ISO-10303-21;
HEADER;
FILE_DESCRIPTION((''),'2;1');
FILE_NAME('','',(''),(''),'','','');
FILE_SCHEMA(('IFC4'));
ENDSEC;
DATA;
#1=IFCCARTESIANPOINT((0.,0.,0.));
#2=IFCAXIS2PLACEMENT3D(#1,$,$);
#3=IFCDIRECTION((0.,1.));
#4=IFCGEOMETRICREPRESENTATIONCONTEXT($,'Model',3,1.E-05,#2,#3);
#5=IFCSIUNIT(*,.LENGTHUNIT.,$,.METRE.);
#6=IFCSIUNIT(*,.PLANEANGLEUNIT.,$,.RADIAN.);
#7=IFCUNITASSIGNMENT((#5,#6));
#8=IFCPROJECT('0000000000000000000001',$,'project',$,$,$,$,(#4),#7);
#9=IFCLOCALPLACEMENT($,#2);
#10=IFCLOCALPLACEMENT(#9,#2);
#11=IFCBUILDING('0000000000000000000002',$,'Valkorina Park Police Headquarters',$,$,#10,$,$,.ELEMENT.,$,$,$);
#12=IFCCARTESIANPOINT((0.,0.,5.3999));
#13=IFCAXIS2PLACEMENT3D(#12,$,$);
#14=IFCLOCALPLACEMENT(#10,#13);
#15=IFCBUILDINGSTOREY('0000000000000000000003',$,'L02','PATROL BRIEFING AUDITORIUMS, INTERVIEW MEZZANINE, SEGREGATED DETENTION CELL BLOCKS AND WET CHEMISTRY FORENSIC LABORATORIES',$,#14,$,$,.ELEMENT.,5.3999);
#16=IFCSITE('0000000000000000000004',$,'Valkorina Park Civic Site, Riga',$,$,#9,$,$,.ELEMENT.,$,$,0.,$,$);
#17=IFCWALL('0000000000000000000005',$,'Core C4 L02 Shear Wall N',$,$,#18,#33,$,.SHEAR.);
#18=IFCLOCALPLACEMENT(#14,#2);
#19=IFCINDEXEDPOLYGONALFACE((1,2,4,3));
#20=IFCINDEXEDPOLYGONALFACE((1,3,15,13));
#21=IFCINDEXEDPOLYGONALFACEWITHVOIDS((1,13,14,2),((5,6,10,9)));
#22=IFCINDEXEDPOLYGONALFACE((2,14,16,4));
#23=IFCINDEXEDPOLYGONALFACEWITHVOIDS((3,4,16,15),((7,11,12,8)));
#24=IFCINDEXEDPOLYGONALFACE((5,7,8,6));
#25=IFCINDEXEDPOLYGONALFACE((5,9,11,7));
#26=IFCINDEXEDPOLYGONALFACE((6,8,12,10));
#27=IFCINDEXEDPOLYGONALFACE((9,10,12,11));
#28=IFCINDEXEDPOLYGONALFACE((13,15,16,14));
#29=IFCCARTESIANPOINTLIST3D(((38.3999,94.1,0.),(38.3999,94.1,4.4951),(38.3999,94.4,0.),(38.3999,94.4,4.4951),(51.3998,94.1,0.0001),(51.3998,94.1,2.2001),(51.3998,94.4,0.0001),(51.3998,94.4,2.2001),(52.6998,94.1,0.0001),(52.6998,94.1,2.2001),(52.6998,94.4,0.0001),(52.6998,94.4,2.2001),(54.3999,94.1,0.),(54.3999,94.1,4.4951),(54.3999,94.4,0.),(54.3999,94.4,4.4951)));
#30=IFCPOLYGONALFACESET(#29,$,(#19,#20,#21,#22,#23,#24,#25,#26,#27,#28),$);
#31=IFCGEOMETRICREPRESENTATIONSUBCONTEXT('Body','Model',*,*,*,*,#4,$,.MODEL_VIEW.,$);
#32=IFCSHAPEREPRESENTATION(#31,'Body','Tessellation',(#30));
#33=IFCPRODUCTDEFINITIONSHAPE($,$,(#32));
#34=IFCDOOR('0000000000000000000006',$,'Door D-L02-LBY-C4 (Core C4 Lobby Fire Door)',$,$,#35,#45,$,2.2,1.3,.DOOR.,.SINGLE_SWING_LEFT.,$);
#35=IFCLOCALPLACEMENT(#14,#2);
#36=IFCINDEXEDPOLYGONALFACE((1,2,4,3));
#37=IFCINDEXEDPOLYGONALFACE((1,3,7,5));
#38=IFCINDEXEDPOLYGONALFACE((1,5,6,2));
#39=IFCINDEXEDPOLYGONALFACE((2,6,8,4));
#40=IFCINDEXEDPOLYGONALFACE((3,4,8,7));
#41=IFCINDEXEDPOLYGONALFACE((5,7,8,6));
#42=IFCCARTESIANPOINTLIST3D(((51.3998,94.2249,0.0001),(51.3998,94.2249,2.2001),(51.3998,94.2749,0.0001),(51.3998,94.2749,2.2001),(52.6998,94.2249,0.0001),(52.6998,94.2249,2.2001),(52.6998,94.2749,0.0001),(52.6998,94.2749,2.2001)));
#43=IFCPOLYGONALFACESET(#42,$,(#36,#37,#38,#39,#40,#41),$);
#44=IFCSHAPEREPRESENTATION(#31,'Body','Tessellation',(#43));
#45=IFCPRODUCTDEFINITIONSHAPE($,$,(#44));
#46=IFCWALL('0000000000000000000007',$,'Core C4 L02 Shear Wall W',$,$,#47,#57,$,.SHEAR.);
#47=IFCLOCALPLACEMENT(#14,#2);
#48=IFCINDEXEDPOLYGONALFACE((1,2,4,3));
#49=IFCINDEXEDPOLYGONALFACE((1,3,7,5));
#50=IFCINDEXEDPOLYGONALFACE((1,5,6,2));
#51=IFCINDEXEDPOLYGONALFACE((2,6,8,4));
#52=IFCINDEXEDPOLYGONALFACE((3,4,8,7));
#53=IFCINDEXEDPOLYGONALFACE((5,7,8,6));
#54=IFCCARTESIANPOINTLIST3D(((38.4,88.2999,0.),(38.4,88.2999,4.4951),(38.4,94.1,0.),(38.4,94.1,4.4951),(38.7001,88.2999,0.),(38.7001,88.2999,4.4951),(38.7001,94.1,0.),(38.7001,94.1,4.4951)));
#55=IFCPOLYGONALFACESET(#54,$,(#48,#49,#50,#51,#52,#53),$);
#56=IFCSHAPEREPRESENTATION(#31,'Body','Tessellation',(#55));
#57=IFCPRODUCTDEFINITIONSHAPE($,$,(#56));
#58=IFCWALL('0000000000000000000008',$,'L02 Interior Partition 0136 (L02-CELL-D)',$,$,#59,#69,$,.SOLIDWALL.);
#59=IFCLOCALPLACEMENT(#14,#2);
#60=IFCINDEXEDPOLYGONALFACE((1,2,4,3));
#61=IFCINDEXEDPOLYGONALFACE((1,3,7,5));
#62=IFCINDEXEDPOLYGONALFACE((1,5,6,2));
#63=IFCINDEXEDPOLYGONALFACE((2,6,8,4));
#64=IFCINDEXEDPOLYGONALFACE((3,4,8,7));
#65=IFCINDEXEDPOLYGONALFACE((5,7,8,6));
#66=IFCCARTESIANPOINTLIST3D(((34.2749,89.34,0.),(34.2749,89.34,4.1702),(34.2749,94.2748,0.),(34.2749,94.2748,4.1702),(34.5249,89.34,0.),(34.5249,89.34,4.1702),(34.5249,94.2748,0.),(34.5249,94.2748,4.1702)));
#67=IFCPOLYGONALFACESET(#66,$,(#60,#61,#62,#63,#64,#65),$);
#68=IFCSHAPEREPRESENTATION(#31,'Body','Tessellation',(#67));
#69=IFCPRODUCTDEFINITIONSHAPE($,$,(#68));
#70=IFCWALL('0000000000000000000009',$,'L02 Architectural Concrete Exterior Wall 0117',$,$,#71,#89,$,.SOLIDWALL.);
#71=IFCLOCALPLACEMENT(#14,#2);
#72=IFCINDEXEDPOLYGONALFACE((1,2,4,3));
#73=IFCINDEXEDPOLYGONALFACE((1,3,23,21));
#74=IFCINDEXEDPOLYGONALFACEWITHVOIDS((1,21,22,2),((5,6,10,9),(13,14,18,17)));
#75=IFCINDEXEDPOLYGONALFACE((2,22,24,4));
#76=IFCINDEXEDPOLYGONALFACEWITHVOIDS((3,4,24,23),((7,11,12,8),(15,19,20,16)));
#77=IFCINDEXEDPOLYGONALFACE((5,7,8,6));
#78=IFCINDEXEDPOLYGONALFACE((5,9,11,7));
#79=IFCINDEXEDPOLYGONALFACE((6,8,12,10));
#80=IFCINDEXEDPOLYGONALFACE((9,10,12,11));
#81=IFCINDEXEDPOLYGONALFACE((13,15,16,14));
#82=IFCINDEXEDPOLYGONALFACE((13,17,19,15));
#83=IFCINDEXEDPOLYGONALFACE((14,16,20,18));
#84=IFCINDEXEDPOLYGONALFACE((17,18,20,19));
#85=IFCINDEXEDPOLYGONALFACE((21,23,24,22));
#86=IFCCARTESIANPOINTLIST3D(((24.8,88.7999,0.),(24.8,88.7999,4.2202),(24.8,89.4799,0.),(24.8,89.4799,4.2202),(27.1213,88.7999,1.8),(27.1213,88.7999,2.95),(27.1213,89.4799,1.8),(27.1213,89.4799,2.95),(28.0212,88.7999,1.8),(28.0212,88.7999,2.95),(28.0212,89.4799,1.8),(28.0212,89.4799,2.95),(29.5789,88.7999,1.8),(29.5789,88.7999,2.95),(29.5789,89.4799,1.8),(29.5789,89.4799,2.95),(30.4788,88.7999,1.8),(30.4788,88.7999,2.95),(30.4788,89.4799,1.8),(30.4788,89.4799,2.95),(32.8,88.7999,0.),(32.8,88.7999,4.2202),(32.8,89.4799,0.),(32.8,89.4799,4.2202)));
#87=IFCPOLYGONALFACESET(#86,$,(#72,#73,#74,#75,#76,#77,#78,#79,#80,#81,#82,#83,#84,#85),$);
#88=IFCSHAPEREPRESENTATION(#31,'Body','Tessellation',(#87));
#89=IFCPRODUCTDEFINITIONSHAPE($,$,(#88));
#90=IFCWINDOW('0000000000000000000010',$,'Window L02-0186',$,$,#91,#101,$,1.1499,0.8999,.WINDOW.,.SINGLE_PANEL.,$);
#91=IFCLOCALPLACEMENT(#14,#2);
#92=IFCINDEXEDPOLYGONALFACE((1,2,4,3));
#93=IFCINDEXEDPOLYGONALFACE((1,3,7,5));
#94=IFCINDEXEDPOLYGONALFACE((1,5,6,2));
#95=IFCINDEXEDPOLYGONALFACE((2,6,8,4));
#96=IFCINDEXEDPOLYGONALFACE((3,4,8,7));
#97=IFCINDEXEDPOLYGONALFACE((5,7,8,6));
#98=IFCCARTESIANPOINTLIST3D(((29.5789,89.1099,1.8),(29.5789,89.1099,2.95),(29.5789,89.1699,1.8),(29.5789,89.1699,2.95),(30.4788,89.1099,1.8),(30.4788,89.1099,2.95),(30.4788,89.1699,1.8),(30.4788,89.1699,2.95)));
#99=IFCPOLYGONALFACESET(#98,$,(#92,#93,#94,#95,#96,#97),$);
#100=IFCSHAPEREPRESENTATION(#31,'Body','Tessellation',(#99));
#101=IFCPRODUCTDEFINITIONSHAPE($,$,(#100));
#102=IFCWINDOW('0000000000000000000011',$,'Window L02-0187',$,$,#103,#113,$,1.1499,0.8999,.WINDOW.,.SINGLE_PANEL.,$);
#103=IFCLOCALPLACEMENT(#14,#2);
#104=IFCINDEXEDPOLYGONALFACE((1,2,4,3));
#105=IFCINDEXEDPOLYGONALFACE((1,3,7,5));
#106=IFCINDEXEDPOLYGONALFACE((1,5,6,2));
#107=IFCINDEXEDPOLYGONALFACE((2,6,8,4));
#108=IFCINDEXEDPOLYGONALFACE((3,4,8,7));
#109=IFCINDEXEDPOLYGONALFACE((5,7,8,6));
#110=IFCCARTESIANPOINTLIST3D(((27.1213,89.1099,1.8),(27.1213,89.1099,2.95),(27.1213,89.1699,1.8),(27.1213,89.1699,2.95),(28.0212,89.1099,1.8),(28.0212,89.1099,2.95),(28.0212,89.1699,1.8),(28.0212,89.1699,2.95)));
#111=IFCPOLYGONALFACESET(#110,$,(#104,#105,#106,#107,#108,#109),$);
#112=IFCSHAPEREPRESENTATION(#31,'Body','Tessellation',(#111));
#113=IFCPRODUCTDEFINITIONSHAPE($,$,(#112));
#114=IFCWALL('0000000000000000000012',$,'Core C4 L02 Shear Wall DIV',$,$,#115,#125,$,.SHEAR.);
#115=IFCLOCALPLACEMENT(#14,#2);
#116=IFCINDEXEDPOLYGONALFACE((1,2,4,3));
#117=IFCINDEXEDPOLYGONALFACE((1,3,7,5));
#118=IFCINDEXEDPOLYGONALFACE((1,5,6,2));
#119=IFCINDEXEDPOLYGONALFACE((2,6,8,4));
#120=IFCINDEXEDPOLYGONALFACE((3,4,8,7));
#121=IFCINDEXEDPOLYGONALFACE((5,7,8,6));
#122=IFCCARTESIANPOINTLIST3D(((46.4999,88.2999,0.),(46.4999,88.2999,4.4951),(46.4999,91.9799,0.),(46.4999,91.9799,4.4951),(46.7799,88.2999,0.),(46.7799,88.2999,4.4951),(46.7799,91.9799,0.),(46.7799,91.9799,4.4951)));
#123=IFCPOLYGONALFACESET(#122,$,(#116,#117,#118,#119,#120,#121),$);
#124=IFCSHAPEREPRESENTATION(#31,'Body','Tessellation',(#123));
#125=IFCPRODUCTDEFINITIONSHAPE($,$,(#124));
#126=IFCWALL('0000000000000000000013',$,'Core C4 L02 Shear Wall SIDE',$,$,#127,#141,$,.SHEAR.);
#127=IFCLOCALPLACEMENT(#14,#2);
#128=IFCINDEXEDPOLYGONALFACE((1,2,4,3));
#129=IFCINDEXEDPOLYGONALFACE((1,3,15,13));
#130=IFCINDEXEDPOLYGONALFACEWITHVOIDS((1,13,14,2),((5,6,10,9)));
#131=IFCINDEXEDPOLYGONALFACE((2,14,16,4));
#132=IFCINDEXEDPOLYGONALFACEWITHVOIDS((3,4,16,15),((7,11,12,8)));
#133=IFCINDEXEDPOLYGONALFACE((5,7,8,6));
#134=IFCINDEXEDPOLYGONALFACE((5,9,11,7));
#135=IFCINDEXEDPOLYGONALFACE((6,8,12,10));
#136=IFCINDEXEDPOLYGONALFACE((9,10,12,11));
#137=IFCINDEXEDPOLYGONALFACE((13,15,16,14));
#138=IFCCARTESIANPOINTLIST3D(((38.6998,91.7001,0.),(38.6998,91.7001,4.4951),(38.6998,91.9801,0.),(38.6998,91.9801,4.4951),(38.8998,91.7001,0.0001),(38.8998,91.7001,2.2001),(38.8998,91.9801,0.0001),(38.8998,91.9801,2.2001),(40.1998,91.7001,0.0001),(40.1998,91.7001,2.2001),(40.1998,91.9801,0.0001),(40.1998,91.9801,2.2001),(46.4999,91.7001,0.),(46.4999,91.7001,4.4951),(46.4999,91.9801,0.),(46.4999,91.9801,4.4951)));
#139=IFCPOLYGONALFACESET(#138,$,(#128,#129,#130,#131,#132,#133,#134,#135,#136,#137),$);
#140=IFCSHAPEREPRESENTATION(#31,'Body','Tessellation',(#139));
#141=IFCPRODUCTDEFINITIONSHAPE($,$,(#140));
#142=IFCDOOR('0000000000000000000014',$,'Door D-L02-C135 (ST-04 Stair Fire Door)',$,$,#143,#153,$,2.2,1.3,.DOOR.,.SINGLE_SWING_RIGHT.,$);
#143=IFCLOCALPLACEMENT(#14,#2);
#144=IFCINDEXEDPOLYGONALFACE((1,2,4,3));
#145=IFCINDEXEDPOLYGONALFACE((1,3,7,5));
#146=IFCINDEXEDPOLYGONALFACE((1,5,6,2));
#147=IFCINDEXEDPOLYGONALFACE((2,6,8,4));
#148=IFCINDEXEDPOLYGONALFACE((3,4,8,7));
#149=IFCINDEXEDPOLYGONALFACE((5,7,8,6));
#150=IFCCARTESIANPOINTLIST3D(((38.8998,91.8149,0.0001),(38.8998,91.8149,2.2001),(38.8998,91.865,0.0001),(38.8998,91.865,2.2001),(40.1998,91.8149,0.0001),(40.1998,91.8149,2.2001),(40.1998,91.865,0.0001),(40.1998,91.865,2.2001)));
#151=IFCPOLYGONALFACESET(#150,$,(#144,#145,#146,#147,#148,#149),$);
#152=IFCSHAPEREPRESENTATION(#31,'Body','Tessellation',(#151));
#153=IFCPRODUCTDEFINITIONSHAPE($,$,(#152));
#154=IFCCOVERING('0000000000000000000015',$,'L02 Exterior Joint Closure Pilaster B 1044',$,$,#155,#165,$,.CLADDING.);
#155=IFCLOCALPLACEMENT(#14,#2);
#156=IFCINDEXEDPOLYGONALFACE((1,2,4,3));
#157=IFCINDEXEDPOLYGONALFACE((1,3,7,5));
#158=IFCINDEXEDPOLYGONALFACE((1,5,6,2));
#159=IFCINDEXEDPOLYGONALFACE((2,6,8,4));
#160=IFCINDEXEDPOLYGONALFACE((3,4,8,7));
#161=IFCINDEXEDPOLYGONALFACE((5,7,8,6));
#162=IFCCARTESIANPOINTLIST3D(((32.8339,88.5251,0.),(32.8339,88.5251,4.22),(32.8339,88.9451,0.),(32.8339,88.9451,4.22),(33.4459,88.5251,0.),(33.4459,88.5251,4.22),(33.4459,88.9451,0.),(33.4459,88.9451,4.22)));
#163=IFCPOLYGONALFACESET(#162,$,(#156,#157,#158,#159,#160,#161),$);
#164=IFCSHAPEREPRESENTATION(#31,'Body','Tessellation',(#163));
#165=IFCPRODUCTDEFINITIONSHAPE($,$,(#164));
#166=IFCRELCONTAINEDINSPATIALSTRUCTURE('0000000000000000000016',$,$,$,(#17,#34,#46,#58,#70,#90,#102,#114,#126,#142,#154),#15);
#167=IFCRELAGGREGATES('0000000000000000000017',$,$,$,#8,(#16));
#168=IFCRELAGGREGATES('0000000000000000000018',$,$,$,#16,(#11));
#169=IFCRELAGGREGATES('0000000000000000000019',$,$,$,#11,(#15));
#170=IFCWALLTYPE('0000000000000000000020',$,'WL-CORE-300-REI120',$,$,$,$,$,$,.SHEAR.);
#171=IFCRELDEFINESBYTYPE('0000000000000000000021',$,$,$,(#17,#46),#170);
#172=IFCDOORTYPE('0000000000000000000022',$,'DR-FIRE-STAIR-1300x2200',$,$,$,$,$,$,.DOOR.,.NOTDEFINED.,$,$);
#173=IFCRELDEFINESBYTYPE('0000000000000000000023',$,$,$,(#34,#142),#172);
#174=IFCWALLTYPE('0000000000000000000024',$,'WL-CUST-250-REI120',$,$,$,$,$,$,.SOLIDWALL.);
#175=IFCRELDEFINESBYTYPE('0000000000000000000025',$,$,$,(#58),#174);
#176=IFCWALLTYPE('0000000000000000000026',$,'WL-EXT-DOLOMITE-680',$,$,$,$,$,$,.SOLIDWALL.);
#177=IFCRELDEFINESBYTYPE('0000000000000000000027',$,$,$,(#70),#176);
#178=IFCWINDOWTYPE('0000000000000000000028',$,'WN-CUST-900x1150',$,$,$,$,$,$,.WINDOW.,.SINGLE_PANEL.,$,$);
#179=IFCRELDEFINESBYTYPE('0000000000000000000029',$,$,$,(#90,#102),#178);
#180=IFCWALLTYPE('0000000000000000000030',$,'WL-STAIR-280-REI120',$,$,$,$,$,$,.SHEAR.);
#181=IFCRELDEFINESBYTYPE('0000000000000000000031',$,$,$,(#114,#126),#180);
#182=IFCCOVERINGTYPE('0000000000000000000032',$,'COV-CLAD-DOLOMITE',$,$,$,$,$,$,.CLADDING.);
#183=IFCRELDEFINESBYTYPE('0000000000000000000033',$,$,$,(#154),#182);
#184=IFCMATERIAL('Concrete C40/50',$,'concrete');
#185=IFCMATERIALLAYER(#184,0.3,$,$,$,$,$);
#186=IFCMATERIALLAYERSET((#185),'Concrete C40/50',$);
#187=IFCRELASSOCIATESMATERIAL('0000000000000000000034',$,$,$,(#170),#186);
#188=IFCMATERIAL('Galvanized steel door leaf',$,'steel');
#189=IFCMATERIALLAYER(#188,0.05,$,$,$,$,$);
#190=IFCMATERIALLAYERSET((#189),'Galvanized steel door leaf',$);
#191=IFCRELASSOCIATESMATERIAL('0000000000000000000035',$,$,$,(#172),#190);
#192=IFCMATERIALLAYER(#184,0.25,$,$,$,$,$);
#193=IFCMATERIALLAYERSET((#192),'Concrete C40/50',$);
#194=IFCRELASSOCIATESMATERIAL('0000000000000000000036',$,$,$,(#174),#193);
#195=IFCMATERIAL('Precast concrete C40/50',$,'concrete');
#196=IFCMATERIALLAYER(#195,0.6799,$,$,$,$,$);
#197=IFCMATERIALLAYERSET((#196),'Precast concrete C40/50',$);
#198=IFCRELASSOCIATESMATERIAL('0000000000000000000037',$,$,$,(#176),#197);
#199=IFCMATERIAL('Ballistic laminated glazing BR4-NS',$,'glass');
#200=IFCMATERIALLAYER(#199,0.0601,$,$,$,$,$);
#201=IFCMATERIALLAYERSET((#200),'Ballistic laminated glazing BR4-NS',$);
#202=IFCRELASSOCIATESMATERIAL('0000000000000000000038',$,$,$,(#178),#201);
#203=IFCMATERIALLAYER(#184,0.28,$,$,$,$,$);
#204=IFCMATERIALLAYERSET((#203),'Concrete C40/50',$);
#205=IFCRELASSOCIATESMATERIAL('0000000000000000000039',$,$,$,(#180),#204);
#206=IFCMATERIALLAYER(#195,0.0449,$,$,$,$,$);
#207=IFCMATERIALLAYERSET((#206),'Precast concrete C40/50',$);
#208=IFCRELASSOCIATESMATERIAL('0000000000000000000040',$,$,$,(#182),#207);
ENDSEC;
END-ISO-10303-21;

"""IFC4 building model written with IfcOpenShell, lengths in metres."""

from ifc_helpers import new_model, si_unit, direction, frame, frame_2d, origin, origin_2d, place, context, subcontext, project, spatial, rectangle, extrude, material, layer, layer_set, type_object, element, fill, save


model = new_model("IFC4")

# Units and contexts
model_context = context("Model", 3, precision=1e-05, world=origin(), true_north=direction((0.0, 1.0)))
body_context = subcontext(model_context, "Body", "Model", "MODEL_VIEW")
ifc_project = project(units=[si_unit("LENGTHUNIT", "METRE"), si_unit("PLANEANGLEUNIT", "RADIAN")], contexts=[model_context])

# Site, building, storey
site_placement = place(None, origin())
site = spatial("IfcSite", under=ifc_project, at=site_placement, Name="Valkorina Park Civic Site, Riga", CompositionType="ELEMENT", RefElevation=0.0)
building_placement = place(site_placement, origin())
building = spatial("IfcBuilding", under=site, at=building_placement, Name="Valkorina Park Police Headquarters", CompositionType="ELEMENT")
storey_placement = place(building_placement, frame((0.0, 0.0, 5.3999)))
storey = spatial("IfcBuildingStorey", under=building, at=storey_placement, Name="L02", Description="PATROL BRIEFING AUDITORIUMS, INTERVIEW MEZZANINE, SEGREGATED DETENTION CELL BLOCKS AND WET CHEMISTRY FORENSIC LABORATORIES", CompositionType="ELEMENT", Elevation=5.3999)

# Shared definitions
ifc_material_1 = material(Name="Concrete C40/50", Category="concrete")
ifc_layer_1 = layer(ifc_material_1, 0.3)
ifc_layer_set_1 = layer_set([ifc_layer_1], Name="Concrete C40/50")
wall_type_1 = type_object("IfcWallType", Name="WL-CORE-300-REI120", PredefinedType="SHEAR", material=ifc_layer_set_1)

# Wall, opening, door
wall_1_placement = place(storey_placement, frame((38.3999, 94.25, 0.0), z_axis=(0.0, 0.0, 1.0), x_axis=(1.0, 0.0, 0.0)))
wall_1 = element("IfcWall", 1, at=wall_1_placement, inside=storey, type_object=wall_type_1, Name="Core C4 L02 Shear Wall N", PredefinedType="SHEAR", context=body_context, shape_type="SweptSolid", body=[
    extrude(rectangle(XDim=16.0, YDim=0.3, at=frame_2d((8.0, 0.0))), origin(), (0.0, 0.0, 1.0), 4.4951),
])
opening_1_placement = place(wall_1_placement, frame((13.0, 0.0, 0.0)))
opening_1 = element("IfcOpeningElement", 2, at=opening_1_placement, cuts=wall_1, PredefinedType="OPENING", context=body_context, shape_type="SweptSolid", body=[
    extrude(rectangle(XDim=1.3, YDim=2.2, at=frame_2d((0.6499, 1.1001))), frame((0.0, 0.1602, 0.0), z_axis=(0.0, -1.0, 0.0), x_axis=(1.0, 0.0, 0.0)), (0.0, 0.0, 1.0), 0.3201),
])
ifc_material_2 = material(Name="Galvanized steel door leaf", Category="steel")
ifc_layer_2 = layer(ifc_material_2, 0.05)
ifc_layer_set_2 = layer_set([ifc_layer_2], Name="Galvanized steel door leaf")
door_type_1 = type_object("IfcDoorType", Name="DR-FIRE-STAIR-1300x2200", OperationType="NOTDEFINED", PredefinedType="DOOR", material=ifc_layer_set_2)
door_1_placement = place(opening_1_placement, origin())
door_1 = element("IfcDoor", 3, at=door_1_placement, inside=storey, type_object=door_type_1, Name="Door D-L02-LBY-C4 (Core C4 Lobby Fire Door)", OperationType="SINGLE_SWING_LEFT", OverallHeight=2.2, OverallWidth=1.3, PredefinedType="DOOR", context=body_context, shape_type="SweptSolid", body=[
    extrude(rectangle(XDim=1.3, YDim=2.2, at=frame_2d((0.6499, 1.1001))), frame((0.0, 0.0249, 0.0), z_axis=(0.0, -1.0, 0.0), x_axis=(1.0, 0.0, 0.0)), (0.0, 0.0, 1.0), 0.05),
])
fill(opening_1, door_1)

# Walls
wall_2_placement = place(storey_placement, frame((38.55, 88.3, 0.0), z_axis=(0.0, 0.0, 1.0), x_axis=(0.0, 1.0, 0.0)))
element("IfcWall", 4, at=wall_2_placement, inside=storey, type_object=wall_type_1, Name="Core C4 L02 Shear Wall W", PredefinedType="SHEAR", context=body_context, shape_type="SweptSolid", body=[
    extrude(rectangle(XDim=5.8, YDim=0.3, at=frame_2d((2.8999, 0.0))), origin(), (0.0, 0.0, 1.0), 4.4951),
])
ifc_layer_3 = layer(ifc_material_1, 0.25)
ifc_layer_set_3 = layer_set([ifc_layer_3], Name="Concrete C40/50")
wall_type_2 = type_object("IfcWallType", Name="WL-CUST-250-REI120", PredefinedType="SOLIDWALL", material=ifc_layer_set_3)
wall_3_placement = place(storey_placement, frame((34.3999, 89.3401, 0.0), z_axis=(0.0, 0.0, 1.0), x_axis=(0.0, 1.0, 0.0)))
element("IfcWall", 5, at=wall_3_placement, inside=storey, type_object=wall_type_2, Name="L02 Interior Partition 0136 (L02-CELL-D)", PredefinedType="SOLIDWALL", context=body_context, shape_type="SweptSolid", body=[
    extrude(rectangle(XDim=4.9348, YDim=0.25, at=frame_2d((2.4673, 0.0))), origin(), (0.0, 0.0, 1.0), 4.1702),
])

# Wall, openings, windows
ifc_material_3 = material(Name="Precast concrete C40/50", Category="concrete")
ifc_layer_4 = layer(ifc_material_3, 0.6799)
ifc_layer_set_4 = layer_set([ifc_layer_4], Name="Precast concrete C40/50")
wall_type_3 = type_object("IfcWallType", Name="WL-EXT-DOLOMITE-680", PredefinedType="SOLIDWALL", material=ifc_layer_set_4)
wall_4_placement = place(storey_placement, frame((32.8, 89.1399, 0.0), z_axis=(0.0, 0.0, 1.0), x_axis=(-1.0, 0.0, 0.0)))
wall_4 = element("IfcWall", 6, at=wall_4_placement, inside=storey, type_object=wall_type_3, Name="L02 Architectural Concrete Exterior Wall 0117", PredefinedType="SOLIDWALL", context=body_context, shape_type="SweptSolid", body=[
    extrude(rectangle(XDim=8.0, YDim=0.6799, at=frame_2d((4.0, 0.0))), origin(), (0.0, 0.0, 1.0), 4.2202),
])
opening_2_placement = place(wall_4_placement, frame((2.3213, 0.0, 1.8)))
opening_2 = element("IfcOpeningElement", 7, at=opening_2_placement, cuts=wall_4, PredefinedType="OPENING", context=body_context, shape_type="SweptSolid", body=[
    extrude(rectangle(XDim=0.8999, YDim=1.1499, at=frame_2d((0.45, 0.575))), frame((0.0, 0.3501, 0.0), z_axis=(0.0, -1.0, 0.0), x_axis=(1.0, 0.0, 0.0)), (0.0, 0.0, 1.0), 0.7),
])
opening_3_placement = place(wall_4_placement, frame((4.7788, 0.0, 1.8)))
opening_3 = element("IfcOpeningElement", 8, at=opening_3_placement, cuts=wall_4, PredefinedType="OPENING", context=body_context, shape_type="SweptSolid", body=[
    extrude(rectangle(XDim=0.8999, YDim=1.1499, at=frame_2d((0.45, 0.575))), frame((0.0, 0.3501, 0.0), z_axis=(0.0, -1.0, 0.0), x_axis=(1.0, 0.0, 0.0)), (0.0, 0.0, 1.0), 0.7),
])
ifc_material_4 = material(Name="Ballistic laminated glazing BR4-NS", Category="glass")
ifc_layer_5 = layer(ifc_material_4, 0.0601)
ifc_layer_set_5 = layer_set([ifc_layer_5], Name="Ballistic laminated glazing BR4-NS")
window_type = type_object("IfcWindowType", Name="WN-CUST-900x1150", PartitioningType="SINGLE_PANEL", PredefinedType="WINDOW", material=ifc_layer_set_5)
window_1_placement = place(opening_2_placement, origin())
window_1 = element("IfcWindow", 9, at=window_1_placement, inside=storey, type_object=window_type, Name="Window L02-0186", OverallHeight=1.1499, OverallWidth=0.8999, PartitioningType="SINGLE_PANEL", PredefinedType="WINDOW", context=body_context, shape_type="SweptSolid", body=[
    extrude(rectangle(XDim=0.8999, YDim=1.1499, at=frame_2d((0.45, 0.575))), frame((0.0, 0.03, 0.0), z_axis=(0.0, -1.0, 0.0), x_axis=(1.0, 0.0, 0.0)), (0.0, 0.0, 1.0), 0.0601),
])
fill(opening_2, window_1)
window_2_placement = place(opening_3_placement, origin())
window_2 = element("IfcWindow", 10, at=window_2_placement, inside=storey, type_object=window_type, Name="Window L02-0187", OverallHeight=1.1499, OverallWidth=0.8999, PartitioningType="SINGLE_PANEL", PredefinedType="WINDOW", context=body_context, shape_type="SweptSolid", body=[
    extrude(rectangle(XDim=0.8999, YDim=1.1499, at=frame_2d((0.45, 0.575))), frame((0.0, 0.03, 0.0), z_axis=(0.0, -1.0, 0.0), x_axis=(1.0, 0.0, 0.0)), (0.0, 0.0, 1.0), 0.0601),
])
fill(opening_3, window_2)

# Wall
ifc_layer_6 = layer(ifc_material_1, 0.28)
ifc_layer_set_6 = layer_set([ifc_layer_6], Name="Concrete C40/50")
wall_type_4 = type_object("IfcWallType", Name="WL-STAIR-280-REI120", PredefinedType="SHEAR", material=ifc_layer_set_6)
wall_5_placement = place(storey_placement, frame((46.6399, 88.3, 0.0), z_axis=(0.0, 0.0, 1.0), x_axis=(0.0, 1.0, 0.0)))
element("IfcWall", 11, at=wall_5_placement, inside=storey, type_object=wall_type_4, Name="Core C4 L02 Shear Wall DIV", PredefinedType="SHEAR", context=body_context, shape_type="SweptSolid", body=[
    extrude(rectangle(XDim=3.6799, YDim=0.28, at=frame_2d((1.8398, 0.0))), origin(), (0.0, 0.0, 1.0), 4.4951),
])

# Wall, opening, door
wall_6_placement = place(storey_placement, frame((38.7, 91.8401, 0.0), z_axis=(0.0, 0.0, 1.0), x_axis=(1.0, 0.0, 0.0)))
wall_6 = element("IfcWall", 12, at=wall_6_placement, inside=storey, type_object=wall_type_4, Name="Core C4 L02 Shear Wall SIDE", PredefinedType="SHEAR", context=body_context, shape_type="SweptSolid", body=[
    extrude(rectangle(XDim=7.8, YDim=0.28, at=frame_2d((3.8999, 0.0))), origin(), (0.0, 0.0, 1.0), 4.4951),
])
opening_4_placement = place(wall_6_placement, frame((0.2, 0.0, 0.0)))
opening_4 = element("IfcOpeningElement", 13, at=opening_4_placement, cuts=wall_6, PredefinedType="OPENING", context=body_context, shape_type="SweptSolid", body=[
    extrude(rectangle(XDim=1.3, YDim=2.2, at=frame_2d((0.6499, 1.1001))), frame((0.0, 0.1499, 0.0), z_axis=(0.0, -1.0, 0.0), x_axis=(1.0, 0.0, 0.0)), (0.0, 0.0, 1.0), 0.3),
])
door_2_placement = place(opening_4_placement, origin())
door_2 = element("IfcDoor", 14, at=door_2_placement, inside=storey, type_object=door_type_1, Name="Door D-L02-C135 (ST-04 Stair Fire Door)", OperationType="SINGLE_SWING_RIGHT", OverallHeight=2.2, OverallWidth=1.3, PredefinedType="DOOR", context=body_context, shape_type="SweptSolid", body=[
    extrude(rectangle(XDim=1.3, YDim=2.2, at=frame_2d((0.6499, 1.1001))), frame((0.0, 0.0249, 0.0), z_axis=(0.0, -1.0, 0.0), x_axis=(1.0, 0.0, 0.0)), (0.0, 0.0, 1.0), 0.05),
])
fill(opening_4, door_2)

# Covering
ifc_layer_7 = layer(ifc_material_3, 0.0449)
ifc_layer_set_7 = layer_set([ifc_layer_7], Name="Precast concrete C40/50")
covering_type = type_object("IfcCoveringType", Name="COV-CLAD-DOLOMITE", PredefinedType="CLADDING", material=ifc_layer_set_7)
covering_1_placement = place(storey_placement, frame((33.1399, 88.7351, 0.0), z_axis=(0.0, 0.0, 1.0), x_axis=(0.0, 1.0, 0.0)))
element("IfcCovering", 15, at=covering_1_placement, inside=storey, type_object=covering_type, Name="L02 Exterior Joint Closure Pilaster B 1044", PredefinedType="CLADDING", context=body_context, shape_type="SweptSolid", body=[
    extrude(rectangle(XDim=0.4199, YDim=0.6121, at=origin_2d()), origin(), (0.0, 0.0, 1.0), 4.22),
])

save(model, "model.ifc")
